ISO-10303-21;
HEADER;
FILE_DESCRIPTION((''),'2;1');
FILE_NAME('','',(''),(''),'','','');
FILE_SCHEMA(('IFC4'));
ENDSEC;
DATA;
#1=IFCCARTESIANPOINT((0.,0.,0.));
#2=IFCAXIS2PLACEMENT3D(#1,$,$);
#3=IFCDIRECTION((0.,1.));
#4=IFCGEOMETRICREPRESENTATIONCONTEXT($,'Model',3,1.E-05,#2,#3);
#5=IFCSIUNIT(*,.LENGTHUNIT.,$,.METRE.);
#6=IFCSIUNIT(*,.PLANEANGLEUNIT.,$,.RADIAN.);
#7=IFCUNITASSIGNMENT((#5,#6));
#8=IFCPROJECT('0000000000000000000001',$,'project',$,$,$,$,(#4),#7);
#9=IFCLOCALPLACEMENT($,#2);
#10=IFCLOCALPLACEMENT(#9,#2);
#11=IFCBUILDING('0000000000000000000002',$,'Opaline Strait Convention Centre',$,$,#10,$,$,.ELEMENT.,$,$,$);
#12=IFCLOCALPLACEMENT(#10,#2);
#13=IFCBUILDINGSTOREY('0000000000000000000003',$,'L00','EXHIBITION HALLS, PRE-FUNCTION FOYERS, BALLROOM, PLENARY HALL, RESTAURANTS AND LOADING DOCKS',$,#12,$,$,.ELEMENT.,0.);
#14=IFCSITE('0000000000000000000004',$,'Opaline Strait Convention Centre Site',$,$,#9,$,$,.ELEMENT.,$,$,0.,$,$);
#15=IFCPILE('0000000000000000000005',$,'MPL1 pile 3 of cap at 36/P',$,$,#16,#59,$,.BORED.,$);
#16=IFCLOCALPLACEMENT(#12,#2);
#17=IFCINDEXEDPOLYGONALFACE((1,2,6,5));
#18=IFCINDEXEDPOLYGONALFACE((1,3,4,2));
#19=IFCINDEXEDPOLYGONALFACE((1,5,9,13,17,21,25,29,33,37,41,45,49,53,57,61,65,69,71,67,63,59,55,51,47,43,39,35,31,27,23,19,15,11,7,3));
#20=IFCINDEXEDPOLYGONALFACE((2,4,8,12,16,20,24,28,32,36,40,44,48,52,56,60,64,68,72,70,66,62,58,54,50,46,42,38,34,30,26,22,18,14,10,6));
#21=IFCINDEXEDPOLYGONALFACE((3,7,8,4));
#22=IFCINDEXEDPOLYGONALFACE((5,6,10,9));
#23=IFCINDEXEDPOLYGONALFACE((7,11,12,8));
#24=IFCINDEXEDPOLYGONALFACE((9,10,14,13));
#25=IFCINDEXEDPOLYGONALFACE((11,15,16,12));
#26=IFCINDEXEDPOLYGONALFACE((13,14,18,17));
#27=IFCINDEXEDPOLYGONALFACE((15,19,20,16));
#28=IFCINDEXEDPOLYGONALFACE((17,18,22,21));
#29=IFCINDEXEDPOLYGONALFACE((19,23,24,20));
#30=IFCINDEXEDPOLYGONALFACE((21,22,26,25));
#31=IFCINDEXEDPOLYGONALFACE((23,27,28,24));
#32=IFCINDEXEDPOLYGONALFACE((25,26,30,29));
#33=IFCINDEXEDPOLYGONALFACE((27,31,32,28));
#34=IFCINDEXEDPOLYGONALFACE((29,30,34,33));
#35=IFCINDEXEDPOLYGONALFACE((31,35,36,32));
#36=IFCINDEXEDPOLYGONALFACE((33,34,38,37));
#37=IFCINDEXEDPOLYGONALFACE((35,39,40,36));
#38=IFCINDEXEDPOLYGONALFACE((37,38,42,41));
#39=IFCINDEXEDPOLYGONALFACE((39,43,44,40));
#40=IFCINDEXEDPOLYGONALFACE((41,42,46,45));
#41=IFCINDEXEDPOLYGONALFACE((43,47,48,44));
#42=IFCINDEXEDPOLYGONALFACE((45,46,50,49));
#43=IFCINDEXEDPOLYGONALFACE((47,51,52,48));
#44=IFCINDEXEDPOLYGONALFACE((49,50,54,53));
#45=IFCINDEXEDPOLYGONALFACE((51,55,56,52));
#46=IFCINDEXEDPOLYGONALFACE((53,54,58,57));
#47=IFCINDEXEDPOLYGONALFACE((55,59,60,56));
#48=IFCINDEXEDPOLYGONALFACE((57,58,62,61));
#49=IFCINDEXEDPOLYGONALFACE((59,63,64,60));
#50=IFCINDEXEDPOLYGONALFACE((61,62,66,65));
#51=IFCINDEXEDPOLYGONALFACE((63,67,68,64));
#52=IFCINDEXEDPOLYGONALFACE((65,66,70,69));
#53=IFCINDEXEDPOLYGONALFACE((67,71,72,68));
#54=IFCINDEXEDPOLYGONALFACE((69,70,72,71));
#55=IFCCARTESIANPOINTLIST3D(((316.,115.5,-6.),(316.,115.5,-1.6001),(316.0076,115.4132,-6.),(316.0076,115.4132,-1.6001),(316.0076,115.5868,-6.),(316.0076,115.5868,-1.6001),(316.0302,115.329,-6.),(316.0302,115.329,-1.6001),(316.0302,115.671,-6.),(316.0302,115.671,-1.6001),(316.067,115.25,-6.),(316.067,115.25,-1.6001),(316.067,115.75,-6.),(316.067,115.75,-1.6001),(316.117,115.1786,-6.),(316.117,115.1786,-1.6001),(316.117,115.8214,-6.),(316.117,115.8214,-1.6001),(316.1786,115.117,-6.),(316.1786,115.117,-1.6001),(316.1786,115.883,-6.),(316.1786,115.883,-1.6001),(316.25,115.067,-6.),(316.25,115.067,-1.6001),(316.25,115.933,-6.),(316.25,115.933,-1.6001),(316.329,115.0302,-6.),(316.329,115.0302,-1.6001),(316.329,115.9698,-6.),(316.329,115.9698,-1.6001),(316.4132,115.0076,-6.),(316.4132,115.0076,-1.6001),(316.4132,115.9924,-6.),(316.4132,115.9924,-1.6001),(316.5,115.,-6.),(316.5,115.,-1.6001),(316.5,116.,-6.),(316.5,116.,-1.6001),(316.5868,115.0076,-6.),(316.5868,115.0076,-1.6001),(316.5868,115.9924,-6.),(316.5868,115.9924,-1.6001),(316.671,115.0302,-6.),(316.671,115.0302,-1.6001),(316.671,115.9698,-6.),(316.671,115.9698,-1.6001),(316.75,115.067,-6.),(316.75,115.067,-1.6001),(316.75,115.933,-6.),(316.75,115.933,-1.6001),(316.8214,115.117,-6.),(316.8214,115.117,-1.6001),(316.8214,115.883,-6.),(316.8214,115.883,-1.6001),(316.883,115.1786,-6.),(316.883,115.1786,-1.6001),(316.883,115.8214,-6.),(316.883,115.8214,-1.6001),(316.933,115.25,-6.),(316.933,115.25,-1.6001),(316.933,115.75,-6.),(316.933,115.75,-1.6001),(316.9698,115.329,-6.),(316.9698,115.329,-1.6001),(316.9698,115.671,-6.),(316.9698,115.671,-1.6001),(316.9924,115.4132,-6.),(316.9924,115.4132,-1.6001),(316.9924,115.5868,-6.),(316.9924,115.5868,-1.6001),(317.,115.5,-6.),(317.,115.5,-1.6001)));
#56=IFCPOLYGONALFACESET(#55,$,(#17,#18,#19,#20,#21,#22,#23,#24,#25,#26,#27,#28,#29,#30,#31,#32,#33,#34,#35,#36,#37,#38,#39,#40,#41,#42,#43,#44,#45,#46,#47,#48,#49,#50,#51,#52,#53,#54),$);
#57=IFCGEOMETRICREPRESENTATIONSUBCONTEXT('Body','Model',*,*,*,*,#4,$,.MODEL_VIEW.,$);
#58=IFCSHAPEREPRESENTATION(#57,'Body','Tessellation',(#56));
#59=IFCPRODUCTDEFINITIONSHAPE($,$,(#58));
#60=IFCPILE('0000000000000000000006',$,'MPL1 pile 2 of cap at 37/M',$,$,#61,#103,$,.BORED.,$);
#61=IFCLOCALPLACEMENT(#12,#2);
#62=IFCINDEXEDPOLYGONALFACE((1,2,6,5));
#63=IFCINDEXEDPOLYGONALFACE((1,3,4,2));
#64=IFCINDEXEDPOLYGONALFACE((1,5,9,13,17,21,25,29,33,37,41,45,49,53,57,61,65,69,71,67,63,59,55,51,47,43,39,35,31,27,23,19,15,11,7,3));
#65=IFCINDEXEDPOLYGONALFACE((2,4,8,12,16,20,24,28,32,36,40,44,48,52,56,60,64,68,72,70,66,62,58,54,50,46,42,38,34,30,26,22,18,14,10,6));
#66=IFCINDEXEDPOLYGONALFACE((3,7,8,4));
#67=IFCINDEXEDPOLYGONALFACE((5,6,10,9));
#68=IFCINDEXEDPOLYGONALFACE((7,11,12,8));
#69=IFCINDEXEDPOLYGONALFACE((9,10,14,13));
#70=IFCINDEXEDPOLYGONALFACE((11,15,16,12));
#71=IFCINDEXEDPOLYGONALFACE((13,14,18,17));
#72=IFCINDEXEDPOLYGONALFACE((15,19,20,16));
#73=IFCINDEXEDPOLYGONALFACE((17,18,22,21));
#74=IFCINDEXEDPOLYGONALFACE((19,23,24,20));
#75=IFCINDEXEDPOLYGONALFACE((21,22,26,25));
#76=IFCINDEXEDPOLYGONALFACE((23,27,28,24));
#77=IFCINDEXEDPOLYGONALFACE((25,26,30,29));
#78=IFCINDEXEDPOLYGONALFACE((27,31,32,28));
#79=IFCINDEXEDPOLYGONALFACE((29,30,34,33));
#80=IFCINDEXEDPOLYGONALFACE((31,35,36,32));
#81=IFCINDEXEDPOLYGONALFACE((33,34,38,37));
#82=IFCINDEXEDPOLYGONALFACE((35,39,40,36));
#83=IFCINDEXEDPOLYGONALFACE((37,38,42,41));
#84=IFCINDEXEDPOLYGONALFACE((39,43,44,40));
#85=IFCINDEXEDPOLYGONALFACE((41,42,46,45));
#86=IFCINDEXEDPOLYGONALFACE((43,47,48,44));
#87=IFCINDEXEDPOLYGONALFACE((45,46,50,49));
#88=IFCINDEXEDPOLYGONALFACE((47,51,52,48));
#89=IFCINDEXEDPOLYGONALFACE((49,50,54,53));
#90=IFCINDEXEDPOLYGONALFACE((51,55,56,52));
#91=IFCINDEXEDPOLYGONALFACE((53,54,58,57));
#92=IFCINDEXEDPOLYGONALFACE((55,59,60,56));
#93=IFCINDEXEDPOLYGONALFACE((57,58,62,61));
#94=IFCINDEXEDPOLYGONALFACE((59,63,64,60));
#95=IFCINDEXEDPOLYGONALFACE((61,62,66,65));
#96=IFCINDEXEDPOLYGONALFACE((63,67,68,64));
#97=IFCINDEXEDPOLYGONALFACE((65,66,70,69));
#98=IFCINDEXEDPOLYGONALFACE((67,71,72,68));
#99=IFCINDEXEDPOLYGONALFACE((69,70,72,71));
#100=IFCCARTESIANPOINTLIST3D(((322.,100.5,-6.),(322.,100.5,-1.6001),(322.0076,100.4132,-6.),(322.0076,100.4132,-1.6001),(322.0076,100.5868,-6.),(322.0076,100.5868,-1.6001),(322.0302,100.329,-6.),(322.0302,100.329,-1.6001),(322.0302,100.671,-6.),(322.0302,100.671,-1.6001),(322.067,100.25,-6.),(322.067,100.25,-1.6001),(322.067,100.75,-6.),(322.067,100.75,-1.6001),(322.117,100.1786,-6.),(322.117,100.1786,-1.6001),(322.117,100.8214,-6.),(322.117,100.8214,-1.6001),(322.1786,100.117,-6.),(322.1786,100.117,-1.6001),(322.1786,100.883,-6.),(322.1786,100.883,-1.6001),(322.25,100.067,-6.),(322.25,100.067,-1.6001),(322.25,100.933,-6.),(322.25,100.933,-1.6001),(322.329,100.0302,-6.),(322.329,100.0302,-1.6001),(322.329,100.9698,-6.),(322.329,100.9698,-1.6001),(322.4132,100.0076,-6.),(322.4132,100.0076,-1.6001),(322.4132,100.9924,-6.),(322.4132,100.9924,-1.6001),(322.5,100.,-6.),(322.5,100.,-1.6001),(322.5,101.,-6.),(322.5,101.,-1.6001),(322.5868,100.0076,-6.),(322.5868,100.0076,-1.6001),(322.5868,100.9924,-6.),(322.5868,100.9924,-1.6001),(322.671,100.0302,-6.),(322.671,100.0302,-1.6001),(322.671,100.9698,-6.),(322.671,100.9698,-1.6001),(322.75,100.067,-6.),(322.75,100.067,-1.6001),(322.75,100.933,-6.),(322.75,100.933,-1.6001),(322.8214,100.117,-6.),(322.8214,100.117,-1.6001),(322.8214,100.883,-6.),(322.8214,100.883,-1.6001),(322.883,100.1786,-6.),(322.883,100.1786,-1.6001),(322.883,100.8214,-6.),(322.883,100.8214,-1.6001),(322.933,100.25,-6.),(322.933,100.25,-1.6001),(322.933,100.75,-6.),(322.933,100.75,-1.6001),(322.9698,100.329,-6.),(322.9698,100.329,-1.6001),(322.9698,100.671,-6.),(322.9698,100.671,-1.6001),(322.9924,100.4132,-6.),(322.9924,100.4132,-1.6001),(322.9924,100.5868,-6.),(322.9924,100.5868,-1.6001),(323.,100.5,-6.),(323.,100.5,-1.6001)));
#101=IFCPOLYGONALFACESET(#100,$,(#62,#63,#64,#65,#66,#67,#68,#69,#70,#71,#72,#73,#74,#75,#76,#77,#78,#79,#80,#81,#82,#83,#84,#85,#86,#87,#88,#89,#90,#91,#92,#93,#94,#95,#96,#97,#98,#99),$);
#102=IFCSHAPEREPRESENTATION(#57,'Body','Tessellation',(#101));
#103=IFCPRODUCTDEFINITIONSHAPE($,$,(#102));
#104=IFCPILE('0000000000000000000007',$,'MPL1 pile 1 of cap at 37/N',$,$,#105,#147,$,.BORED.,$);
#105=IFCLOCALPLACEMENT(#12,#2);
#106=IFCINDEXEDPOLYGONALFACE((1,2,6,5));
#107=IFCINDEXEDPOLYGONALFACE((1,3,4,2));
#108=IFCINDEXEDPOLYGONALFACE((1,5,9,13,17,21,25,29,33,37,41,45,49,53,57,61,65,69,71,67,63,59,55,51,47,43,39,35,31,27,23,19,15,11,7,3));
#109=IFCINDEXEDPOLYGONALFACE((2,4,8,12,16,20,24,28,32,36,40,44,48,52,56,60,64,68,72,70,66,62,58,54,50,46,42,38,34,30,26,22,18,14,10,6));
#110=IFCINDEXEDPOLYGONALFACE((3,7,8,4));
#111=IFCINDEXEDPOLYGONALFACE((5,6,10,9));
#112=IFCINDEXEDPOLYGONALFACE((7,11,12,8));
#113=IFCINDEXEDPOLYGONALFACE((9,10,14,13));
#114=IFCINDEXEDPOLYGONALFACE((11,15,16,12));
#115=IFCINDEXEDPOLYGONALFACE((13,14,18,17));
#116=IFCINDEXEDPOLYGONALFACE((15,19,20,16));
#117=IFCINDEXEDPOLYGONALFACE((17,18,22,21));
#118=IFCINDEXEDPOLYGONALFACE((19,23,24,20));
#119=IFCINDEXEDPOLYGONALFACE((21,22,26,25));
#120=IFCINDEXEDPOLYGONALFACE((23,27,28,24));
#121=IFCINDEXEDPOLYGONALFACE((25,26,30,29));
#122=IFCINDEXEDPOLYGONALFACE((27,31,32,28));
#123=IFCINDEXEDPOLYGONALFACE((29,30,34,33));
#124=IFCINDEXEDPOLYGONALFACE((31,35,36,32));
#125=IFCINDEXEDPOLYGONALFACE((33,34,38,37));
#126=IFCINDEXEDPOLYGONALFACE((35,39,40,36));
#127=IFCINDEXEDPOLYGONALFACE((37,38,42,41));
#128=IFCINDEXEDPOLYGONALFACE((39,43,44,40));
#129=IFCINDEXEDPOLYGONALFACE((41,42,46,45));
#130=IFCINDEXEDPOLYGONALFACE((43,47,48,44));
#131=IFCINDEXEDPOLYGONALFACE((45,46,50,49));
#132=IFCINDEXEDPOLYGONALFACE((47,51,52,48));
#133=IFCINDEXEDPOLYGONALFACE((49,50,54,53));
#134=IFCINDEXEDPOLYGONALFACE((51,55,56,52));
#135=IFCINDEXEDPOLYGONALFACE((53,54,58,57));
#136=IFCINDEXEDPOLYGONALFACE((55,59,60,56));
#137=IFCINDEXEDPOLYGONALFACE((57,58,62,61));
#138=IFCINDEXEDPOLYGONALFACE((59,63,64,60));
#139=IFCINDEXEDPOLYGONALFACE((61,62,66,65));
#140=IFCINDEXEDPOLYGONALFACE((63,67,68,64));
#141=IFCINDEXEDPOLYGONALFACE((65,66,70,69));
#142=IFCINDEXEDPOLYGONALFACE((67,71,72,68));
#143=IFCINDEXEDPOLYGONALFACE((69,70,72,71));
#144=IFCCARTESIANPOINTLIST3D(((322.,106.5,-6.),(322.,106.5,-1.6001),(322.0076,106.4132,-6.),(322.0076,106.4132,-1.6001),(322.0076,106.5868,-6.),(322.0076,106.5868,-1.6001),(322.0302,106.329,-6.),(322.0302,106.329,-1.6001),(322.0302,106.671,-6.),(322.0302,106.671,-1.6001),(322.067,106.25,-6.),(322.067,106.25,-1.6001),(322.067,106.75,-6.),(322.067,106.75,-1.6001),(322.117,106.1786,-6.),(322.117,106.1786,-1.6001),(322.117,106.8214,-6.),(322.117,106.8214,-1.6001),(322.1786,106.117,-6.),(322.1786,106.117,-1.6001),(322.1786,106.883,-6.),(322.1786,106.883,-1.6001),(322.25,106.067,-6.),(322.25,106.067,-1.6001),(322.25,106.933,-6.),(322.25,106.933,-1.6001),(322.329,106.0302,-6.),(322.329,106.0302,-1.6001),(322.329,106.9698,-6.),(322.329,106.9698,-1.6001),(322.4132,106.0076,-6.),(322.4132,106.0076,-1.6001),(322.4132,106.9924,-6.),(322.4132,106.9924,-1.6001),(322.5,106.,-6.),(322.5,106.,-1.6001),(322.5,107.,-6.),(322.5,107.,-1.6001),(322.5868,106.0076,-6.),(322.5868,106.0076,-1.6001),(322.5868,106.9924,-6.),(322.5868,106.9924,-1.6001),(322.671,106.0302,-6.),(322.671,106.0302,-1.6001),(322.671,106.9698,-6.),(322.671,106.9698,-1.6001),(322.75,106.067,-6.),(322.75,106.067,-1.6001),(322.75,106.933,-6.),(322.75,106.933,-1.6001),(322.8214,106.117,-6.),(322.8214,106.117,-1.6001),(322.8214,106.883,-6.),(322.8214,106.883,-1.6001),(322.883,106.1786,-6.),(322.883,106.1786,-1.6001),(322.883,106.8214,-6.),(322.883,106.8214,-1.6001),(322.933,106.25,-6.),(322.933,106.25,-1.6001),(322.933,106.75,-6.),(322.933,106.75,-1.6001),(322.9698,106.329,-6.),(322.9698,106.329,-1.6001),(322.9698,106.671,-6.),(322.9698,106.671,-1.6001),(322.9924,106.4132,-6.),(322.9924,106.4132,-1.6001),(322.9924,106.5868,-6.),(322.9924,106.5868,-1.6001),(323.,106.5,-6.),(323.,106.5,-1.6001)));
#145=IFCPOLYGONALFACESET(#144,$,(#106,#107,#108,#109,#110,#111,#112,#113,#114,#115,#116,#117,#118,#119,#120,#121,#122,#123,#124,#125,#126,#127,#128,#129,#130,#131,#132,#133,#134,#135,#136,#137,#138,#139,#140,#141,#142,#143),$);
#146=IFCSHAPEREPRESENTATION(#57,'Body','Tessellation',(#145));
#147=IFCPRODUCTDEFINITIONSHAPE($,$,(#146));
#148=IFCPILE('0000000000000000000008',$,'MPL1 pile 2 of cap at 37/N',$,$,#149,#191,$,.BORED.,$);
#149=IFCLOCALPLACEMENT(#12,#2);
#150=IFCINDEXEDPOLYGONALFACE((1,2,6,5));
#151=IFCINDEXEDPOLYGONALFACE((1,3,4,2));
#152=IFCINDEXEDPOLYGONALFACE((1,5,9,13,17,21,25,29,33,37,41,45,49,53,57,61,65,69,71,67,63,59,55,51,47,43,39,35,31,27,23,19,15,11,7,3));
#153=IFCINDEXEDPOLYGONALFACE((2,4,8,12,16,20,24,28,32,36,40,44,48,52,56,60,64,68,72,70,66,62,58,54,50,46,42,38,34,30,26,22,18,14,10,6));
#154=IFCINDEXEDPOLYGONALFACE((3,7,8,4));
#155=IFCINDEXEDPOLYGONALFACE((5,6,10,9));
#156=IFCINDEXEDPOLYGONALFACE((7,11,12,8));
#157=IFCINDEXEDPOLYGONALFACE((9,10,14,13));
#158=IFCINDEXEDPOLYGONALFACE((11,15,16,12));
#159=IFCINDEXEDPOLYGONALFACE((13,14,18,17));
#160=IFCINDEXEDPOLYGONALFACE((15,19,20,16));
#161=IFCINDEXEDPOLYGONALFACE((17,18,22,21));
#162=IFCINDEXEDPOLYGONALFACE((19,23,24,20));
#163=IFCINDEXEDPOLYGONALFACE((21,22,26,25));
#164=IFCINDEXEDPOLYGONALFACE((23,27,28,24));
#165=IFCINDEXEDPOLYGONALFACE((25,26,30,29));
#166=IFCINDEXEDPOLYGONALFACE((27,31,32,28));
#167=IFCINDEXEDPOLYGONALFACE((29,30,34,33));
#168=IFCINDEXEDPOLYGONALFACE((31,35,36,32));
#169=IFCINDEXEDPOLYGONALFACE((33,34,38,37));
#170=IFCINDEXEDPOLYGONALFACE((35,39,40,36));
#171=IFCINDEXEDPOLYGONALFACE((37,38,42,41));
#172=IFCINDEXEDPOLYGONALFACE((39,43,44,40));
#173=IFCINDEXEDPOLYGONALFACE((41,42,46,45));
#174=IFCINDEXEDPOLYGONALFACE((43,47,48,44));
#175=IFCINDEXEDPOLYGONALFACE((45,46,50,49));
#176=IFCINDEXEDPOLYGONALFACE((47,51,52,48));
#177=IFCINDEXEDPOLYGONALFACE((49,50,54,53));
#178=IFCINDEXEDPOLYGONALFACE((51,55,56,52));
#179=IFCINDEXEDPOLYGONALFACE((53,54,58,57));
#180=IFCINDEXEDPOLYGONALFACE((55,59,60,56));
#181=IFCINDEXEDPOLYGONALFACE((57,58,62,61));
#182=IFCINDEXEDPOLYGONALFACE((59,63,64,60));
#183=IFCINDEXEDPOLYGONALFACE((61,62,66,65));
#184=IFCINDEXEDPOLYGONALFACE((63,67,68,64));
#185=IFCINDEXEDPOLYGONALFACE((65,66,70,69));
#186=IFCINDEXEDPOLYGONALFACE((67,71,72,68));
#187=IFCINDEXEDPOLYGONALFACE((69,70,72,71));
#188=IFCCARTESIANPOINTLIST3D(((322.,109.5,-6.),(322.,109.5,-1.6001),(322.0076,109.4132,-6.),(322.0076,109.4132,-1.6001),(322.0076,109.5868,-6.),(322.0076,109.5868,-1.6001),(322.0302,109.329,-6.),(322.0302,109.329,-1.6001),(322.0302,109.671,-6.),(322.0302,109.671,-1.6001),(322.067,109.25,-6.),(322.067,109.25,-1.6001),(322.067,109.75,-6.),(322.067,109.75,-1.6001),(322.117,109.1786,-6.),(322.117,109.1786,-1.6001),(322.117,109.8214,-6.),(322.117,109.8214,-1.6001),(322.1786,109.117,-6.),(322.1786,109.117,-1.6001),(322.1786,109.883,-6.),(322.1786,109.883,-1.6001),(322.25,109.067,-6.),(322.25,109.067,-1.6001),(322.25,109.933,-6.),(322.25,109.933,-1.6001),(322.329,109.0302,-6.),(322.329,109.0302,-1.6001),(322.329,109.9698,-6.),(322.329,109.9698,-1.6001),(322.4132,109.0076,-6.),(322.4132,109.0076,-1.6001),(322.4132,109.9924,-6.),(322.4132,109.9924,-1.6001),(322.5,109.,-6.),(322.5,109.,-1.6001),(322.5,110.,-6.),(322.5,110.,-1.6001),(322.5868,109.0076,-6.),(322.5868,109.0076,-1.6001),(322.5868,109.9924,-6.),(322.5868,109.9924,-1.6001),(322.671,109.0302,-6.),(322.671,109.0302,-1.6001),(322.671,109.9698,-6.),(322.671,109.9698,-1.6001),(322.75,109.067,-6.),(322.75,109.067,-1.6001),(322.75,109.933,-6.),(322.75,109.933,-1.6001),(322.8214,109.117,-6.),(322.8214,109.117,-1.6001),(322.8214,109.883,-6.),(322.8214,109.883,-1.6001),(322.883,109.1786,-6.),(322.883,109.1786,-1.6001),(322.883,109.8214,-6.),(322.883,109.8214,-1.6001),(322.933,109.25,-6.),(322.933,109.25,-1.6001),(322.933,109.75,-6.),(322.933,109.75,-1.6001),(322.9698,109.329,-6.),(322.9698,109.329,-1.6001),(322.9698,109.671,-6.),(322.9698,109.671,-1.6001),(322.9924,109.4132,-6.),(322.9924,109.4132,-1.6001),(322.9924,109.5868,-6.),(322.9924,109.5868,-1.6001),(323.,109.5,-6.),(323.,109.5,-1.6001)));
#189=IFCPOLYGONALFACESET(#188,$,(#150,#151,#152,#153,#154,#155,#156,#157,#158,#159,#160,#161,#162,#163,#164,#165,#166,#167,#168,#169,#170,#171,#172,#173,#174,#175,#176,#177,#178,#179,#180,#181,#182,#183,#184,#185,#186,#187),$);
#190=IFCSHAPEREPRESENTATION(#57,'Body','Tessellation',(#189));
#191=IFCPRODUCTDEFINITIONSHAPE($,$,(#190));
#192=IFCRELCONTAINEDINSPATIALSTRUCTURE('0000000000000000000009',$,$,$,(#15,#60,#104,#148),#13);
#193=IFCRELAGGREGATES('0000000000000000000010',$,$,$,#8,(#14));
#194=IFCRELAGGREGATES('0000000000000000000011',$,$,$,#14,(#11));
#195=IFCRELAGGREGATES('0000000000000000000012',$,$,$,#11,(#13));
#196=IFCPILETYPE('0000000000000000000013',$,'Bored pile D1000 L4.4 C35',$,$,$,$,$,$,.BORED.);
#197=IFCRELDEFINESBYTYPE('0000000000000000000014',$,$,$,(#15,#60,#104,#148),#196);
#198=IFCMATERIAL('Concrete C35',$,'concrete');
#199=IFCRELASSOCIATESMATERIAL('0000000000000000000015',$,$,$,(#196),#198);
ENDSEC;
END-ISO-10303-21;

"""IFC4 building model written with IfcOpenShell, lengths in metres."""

from ifc_helpers import new_model, si_unit, direction, frame, origin, origin_2d, place, context, subcontext, project, spatial, circle, extrude, material, material_profile, profile_set, type_object, element, save


model = new_model("IFC4")

# Units and contexts
model_context = context("Model", 3, precision=1e-05, world=origin(), true_north=direction((0.0, 1.0)))
body_context = subcontext(model_context, "Body", "Model", "MODEL_VIEW")
ifc_project = project(units=[si_unit("LENGTHUNIT", "METRE"), si_unit("PLANEANGLEUNIT", "RADIAN")], contexts=[model_context])

# Site, building, storey
site_placement = place(None, origin())
site = spatial("IfcSite", under=ifc_project, at=site_placement, Name="Opaline Strait Convention Centre Site", CompositionType="ELEMENT", RefElevation=0.0)
building_placement = place(site_placement, origin())
building = spatial("IfcBuilding", under=site, at=building_placement, Name="Opaline Strait Convention Centre", CompositionType="ELEMENT")
storey_placement = place(building_placement, origin())
storey = spatial("IfcBuildingStorey", under=building, at=storey_placement, Name="L00", Description="EXHIBITION HALLS, PRE-FUNCTION FOYERS, BALLROOM, PLENARY HALL, RESTAURANTS AND LOADING DOCKS", CompositionType="ELEMENT", Elevation=0.0)

# Piles
ifc_material_1 = material(Name="Concrete C35", Category="concrete")
ifc_material_profile_1 = material_profile(ifc_material_1, circle(Radius=0.5, at=origin_2d()), Name="D1000")
ifc_profile_set_1 = profile_set([ifc_material_profile_1], Name="Concrete C35")
pile_type = type_object("IfcPileType", Name="Bored pile D1000 L4.4 C35", PredefinedType="BORED", material=ifc_profile_set_1)
for number, where, z_axis, x_axis, name in (
    (1, (316.5, 115.5, -1.6001), (0.0, 0.0, -1.0), (1.0, 0.0, 0.0), "MPL1 pile 3 of cap at 36/P"),
    (2, (322.5, 100.5, -1.6001), (0.0, 0.0, -1.0), (1.0, 0.0, 0.0), "MPL1 pile 2 of cap at 37/M"),
    (3, (322.5, 106.5, -1.6001), (0.0, 0.0, -1.0), (1.0, 0.0, 0.0), "MPL1 pile 1 of cap at 37/N"),
    (4, (322.5, 109.5, -1.6001), (0.0, 0.0, -1.0), (1.0, 0.0, 0.0), "MPL1 pile 2 of cap at 37/N"),
):
    element("IfcPile", number, at=place(storey_placement, frame(where, z_axis=z_axis, x_axis=x_axis)), inside=storey, type_object=pile_type, Name=name, PredefinedType="BORED", context=body_context, shape_type="SweptSolid", body=[
        extrude(circle(Radius=0.5, at=origin_2d()), origin(), (0.0, 0.0, 1.0), 4.3999),
    ])

save(model, "model.ifc")
